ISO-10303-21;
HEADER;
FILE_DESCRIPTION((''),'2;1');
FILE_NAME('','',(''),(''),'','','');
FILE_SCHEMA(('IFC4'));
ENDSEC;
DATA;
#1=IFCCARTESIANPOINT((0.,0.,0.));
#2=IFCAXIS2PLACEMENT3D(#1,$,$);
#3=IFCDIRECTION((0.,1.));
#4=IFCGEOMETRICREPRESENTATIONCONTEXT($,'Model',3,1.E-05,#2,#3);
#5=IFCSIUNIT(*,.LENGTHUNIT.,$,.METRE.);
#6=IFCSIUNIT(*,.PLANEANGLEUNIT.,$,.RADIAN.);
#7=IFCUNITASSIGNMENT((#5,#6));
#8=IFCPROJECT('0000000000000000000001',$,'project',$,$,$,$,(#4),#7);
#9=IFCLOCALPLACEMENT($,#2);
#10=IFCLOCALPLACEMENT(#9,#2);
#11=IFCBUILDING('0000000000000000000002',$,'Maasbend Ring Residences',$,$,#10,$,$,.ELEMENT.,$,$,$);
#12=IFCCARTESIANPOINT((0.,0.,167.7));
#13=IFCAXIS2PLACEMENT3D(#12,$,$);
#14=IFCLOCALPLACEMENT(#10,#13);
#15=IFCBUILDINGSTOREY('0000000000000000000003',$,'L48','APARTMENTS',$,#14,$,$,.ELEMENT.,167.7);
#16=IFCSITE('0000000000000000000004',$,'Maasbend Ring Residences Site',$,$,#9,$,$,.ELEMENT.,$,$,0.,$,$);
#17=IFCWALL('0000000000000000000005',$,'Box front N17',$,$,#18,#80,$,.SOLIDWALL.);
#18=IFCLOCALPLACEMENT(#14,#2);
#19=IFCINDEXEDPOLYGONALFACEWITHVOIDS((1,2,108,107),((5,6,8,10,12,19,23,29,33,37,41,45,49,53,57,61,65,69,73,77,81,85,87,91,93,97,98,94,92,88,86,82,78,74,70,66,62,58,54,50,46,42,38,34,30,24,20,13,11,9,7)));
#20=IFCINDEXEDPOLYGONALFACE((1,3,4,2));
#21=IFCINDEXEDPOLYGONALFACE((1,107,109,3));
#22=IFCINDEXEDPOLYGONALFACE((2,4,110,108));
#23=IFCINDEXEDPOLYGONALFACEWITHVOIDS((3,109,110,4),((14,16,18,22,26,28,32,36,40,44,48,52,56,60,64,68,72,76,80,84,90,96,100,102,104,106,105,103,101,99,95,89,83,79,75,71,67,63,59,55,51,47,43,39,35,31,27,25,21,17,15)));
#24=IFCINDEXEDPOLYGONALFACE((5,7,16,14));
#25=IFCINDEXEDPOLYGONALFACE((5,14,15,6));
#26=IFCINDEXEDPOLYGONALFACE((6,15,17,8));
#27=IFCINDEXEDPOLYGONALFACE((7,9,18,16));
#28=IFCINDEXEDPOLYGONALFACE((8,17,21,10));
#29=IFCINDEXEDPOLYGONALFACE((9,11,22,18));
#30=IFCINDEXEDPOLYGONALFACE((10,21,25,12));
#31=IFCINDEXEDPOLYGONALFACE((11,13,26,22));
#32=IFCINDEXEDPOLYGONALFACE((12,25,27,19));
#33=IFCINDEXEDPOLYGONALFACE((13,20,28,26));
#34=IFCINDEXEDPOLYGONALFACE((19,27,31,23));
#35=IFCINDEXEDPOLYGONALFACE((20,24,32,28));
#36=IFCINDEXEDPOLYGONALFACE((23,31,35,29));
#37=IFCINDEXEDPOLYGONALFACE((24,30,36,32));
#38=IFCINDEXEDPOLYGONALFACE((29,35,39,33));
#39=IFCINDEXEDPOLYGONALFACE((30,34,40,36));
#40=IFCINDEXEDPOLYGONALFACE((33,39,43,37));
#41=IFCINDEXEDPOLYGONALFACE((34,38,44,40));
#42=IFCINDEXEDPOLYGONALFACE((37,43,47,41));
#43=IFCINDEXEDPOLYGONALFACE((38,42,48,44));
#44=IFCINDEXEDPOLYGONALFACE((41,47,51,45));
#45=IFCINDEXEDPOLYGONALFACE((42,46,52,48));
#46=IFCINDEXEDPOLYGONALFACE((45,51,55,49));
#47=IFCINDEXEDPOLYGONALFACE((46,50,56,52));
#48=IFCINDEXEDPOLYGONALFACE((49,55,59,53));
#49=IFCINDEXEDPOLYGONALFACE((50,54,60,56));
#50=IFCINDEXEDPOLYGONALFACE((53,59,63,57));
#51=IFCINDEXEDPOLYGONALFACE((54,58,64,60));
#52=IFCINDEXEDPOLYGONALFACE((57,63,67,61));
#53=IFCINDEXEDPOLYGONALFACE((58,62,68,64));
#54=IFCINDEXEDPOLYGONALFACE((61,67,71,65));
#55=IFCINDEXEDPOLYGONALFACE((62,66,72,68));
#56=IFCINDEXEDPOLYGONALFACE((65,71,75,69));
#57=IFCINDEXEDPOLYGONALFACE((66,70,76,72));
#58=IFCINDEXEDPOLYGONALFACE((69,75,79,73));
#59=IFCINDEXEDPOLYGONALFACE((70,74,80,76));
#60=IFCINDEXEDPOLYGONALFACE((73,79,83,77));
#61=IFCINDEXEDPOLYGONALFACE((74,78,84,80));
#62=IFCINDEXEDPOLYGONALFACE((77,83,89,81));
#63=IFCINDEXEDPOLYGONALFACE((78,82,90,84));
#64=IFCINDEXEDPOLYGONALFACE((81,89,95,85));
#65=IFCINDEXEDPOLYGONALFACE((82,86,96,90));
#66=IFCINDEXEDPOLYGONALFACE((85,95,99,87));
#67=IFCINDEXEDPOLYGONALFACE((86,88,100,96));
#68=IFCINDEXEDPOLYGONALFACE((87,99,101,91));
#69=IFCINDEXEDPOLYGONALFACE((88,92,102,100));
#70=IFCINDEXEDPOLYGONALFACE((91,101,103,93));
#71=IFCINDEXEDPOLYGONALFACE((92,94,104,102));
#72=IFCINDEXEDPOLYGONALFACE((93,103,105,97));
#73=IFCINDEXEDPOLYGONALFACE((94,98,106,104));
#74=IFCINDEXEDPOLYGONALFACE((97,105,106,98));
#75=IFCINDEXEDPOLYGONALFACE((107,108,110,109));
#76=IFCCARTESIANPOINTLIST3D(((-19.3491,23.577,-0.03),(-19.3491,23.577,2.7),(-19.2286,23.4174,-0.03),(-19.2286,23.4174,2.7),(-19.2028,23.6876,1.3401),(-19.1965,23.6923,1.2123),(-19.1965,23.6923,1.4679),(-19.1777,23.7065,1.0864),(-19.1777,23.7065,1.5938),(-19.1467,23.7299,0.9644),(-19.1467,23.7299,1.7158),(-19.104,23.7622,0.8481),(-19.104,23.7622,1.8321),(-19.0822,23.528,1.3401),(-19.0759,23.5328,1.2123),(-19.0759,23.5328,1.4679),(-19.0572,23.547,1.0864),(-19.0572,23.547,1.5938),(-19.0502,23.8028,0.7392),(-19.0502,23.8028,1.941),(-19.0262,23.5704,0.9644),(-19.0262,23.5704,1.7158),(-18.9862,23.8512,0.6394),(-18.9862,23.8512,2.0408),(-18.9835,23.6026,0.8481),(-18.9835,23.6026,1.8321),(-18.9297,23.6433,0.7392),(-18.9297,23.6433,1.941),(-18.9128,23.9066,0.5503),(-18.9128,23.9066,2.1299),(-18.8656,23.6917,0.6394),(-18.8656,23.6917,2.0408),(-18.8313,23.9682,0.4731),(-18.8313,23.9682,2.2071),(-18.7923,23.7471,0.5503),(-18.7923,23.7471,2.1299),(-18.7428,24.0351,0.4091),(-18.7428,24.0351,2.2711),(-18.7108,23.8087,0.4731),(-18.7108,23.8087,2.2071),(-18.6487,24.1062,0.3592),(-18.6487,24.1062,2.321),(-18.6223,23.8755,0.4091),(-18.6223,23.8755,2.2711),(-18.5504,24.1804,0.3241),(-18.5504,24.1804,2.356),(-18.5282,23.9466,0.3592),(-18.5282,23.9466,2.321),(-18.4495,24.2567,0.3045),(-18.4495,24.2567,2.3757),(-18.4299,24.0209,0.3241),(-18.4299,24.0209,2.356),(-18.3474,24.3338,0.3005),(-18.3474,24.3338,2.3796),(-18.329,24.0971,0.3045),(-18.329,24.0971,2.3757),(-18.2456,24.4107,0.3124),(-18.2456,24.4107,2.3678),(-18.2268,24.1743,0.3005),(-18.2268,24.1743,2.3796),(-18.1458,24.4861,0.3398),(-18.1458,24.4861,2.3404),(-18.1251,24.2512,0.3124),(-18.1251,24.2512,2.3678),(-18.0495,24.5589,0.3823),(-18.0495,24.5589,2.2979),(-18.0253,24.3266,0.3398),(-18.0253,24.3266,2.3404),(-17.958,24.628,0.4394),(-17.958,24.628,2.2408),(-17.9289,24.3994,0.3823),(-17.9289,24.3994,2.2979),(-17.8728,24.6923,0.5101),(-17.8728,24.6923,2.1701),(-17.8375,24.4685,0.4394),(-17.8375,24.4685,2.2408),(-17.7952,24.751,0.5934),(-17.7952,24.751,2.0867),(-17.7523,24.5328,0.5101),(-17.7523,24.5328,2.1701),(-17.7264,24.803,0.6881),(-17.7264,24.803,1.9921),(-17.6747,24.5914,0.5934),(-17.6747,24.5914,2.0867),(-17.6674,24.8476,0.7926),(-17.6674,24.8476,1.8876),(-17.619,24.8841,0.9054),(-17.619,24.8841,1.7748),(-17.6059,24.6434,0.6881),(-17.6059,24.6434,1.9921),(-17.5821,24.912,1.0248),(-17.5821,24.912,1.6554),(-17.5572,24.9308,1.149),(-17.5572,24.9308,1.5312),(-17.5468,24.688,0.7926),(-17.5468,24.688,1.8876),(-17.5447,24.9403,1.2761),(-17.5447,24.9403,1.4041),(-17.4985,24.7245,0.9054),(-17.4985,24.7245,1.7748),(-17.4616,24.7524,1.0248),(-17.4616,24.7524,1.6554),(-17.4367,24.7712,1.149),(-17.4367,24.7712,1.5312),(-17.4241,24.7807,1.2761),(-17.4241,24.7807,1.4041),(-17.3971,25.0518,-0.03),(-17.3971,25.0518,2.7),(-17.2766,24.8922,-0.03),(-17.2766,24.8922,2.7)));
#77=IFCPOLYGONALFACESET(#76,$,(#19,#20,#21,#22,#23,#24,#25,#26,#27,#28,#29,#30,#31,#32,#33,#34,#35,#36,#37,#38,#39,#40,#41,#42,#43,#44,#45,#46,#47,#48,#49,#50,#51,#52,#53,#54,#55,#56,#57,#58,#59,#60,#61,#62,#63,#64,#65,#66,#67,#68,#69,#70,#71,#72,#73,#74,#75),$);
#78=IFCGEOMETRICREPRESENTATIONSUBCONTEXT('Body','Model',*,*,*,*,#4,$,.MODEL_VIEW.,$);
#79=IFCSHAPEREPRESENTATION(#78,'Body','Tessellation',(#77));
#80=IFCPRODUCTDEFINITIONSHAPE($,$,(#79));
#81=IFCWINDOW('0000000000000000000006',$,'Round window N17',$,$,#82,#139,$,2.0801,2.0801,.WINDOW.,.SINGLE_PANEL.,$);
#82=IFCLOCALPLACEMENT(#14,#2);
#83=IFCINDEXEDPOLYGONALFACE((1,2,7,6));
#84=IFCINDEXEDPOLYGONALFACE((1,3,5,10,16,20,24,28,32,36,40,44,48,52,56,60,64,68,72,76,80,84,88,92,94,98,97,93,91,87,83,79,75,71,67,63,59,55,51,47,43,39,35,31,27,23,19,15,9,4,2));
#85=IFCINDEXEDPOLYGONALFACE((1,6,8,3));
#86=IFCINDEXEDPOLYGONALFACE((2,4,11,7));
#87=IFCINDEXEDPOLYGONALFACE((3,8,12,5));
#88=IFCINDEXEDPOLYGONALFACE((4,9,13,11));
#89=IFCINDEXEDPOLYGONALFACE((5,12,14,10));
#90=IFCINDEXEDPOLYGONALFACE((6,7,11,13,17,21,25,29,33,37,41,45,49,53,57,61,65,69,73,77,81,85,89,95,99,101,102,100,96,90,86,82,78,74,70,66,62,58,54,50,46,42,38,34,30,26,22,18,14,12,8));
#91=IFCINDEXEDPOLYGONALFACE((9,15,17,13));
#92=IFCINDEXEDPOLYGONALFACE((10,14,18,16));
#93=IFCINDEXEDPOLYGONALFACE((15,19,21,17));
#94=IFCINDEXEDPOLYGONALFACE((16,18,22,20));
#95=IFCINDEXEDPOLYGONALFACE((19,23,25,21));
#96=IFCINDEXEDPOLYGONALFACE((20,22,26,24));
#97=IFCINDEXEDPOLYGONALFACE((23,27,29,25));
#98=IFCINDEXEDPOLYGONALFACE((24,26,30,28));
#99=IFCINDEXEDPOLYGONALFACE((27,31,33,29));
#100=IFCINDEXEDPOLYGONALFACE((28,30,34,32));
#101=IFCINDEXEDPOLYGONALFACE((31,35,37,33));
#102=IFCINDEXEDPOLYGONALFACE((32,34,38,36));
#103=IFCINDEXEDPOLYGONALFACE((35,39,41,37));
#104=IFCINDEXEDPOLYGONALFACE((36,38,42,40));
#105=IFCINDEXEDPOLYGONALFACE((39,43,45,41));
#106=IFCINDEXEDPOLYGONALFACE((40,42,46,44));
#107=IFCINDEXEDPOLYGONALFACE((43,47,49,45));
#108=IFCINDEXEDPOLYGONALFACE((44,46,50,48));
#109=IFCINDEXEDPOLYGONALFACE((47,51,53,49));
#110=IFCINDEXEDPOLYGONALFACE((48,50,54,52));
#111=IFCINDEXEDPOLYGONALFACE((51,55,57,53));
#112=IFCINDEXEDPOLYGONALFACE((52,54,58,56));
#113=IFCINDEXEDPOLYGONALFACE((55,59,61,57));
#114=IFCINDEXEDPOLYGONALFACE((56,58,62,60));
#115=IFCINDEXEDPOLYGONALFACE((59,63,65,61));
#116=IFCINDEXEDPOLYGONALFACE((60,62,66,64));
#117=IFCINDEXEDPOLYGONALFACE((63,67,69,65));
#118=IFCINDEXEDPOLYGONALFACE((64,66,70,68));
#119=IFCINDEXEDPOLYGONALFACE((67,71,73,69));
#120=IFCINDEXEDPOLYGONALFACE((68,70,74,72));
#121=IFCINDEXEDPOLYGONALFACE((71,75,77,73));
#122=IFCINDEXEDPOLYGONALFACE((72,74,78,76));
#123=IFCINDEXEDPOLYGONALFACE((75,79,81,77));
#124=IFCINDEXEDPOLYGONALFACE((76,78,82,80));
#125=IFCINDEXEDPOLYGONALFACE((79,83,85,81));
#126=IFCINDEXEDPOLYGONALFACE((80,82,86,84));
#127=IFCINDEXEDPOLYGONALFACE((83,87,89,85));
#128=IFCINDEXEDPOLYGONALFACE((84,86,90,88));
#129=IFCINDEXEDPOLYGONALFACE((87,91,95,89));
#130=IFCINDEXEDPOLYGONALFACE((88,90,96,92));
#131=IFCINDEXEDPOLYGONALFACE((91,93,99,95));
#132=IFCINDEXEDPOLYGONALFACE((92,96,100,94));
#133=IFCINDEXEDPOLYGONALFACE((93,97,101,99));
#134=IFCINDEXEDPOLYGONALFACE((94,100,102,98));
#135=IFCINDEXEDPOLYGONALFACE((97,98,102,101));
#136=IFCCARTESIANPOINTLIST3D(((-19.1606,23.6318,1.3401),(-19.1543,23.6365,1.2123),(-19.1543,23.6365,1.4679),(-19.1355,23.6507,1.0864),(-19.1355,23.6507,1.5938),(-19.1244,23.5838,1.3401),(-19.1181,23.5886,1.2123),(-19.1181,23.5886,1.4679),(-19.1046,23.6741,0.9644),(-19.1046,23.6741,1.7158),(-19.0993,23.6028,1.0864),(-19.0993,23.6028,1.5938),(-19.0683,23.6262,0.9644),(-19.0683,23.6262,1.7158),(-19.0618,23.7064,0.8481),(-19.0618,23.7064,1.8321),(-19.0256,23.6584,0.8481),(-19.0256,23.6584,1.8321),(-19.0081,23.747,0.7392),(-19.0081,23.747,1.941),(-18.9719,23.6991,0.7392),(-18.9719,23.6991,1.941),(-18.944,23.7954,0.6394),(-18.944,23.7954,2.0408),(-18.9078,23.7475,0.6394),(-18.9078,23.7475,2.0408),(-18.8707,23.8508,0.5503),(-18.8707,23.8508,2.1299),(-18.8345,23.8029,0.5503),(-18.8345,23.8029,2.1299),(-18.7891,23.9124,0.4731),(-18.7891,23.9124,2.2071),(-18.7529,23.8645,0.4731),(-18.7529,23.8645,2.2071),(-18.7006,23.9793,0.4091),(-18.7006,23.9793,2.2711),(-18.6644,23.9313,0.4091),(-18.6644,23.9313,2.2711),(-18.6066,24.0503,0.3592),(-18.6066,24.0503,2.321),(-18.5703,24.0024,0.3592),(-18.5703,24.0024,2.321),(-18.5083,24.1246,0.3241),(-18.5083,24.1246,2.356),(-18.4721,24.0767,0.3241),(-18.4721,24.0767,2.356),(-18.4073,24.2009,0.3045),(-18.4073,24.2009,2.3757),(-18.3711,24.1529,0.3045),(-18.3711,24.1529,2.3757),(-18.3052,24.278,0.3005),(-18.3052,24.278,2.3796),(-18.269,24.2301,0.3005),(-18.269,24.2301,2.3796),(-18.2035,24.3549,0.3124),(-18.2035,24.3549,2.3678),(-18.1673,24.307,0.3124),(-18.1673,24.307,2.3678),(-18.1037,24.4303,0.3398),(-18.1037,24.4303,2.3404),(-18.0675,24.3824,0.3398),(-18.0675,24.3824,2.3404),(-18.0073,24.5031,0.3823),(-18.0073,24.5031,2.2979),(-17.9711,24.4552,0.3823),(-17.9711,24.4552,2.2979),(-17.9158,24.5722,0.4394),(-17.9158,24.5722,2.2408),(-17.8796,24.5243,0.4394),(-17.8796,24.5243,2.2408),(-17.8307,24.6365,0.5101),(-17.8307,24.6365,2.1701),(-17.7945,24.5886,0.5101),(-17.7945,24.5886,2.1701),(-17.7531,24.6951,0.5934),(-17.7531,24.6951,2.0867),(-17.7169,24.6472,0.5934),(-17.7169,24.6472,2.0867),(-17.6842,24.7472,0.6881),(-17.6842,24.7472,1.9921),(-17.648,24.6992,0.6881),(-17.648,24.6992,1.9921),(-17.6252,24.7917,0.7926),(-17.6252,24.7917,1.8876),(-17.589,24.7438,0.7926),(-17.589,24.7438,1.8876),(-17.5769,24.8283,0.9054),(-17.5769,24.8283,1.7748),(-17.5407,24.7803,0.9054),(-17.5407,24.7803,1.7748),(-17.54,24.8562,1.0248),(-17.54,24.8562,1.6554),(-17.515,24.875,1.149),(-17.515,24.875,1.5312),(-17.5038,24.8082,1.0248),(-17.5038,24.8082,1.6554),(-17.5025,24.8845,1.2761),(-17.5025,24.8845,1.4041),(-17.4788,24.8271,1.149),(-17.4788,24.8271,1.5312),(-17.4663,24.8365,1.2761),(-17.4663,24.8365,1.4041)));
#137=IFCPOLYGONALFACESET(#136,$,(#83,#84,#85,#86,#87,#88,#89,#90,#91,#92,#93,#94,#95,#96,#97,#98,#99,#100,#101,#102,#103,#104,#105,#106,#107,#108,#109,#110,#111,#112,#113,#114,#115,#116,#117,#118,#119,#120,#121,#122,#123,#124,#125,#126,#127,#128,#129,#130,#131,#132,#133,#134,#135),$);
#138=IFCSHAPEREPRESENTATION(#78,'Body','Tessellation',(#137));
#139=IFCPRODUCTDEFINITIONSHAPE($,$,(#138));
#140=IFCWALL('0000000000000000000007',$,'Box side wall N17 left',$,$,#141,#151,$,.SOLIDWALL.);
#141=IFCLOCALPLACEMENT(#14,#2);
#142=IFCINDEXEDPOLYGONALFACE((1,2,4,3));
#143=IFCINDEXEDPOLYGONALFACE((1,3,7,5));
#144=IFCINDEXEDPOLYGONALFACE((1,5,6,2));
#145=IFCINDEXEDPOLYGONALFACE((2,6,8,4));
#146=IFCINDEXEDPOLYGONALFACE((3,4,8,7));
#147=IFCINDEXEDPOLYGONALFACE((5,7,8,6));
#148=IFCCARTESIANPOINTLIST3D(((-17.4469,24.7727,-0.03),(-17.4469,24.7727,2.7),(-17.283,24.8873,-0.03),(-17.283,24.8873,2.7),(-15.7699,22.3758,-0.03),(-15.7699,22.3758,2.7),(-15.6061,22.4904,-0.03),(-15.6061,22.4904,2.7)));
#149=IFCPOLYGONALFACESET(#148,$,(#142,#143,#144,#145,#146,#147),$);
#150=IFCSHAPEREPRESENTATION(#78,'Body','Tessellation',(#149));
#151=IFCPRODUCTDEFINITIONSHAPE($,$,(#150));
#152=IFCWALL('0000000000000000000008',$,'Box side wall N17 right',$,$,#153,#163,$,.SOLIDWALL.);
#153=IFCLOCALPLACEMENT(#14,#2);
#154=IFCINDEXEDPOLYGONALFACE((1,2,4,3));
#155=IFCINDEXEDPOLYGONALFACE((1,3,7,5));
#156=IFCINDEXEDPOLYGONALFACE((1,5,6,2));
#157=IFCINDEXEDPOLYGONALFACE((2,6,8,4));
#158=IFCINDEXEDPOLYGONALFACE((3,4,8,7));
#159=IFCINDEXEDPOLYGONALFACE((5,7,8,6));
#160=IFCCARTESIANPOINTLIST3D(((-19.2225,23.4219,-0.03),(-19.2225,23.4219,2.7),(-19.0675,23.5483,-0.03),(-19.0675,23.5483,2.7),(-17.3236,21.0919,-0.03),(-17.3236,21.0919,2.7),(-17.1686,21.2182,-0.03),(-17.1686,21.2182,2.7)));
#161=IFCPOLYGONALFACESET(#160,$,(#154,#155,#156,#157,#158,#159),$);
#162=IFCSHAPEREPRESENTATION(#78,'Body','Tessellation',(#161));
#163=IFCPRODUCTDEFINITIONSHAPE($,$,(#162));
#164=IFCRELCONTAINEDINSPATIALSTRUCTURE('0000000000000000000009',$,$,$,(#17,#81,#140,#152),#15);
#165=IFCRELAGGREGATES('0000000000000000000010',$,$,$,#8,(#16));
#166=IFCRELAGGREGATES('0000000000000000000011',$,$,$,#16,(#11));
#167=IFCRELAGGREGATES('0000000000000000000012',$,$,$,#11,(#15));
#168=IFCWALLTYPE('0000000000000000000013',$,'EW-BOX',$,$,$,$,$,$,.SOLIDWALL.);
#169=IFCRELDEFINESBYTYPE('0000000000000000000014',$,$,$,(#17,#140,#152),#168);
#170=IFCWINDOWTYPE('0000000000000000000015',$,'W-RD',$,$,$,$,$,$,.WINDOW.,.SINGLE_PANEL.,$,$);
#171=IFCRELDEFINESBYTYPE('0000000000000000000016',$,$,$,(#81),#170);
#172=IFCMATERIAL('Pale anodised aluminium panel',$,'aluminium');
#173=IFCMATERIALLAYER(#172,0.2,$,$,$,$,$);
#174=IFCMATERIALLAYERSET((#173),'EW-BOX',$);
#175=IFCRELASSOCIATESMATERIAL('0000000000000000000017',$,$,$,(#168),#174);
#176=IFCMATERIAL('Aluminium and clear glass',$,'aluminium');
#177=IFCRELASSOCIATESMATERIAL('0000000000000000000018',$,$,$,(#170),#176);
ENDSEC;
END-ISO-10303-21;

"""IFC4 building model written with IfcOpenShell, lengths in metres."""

from ifc_helpers import new_model, si_unit, direction, frame, frame_2d, origin, place, context, subcontext, project, spatial, rectangle, circle, extrude, material, layer, layer_set, type_object, element, fill, save


model = new_model("IFC4")

# Units and contexts
model_context = context("Model", 3, precision=1e-05, world=origin(), true_north=direction((0.0, 1.0)))
body_context = subcontext(model_context, "Body", "Model", "MODEL_VIEW")
ifc_project = project(units=[si_unit("LENGTHUNIT", "METRE"), si_unit("PLANEANGLEUNIT", "RADIAN")], contexts=[model_context])

# Site, building, storey
site_placement = place(None, origin())
site = spatial("IfcSite", under=ifc_project, at=site_placement, Name="Maasbend Ring Residences Site", CompositionType="ELEMENT", RefElevation=0.0)
building_placement = place(site_placement, origin())
building = spatial("IfcBuilding", under=site, at=building_placement, Name="Maasbend Ring Residences", CompositionType="ELEMENT")
storey_placement = place(building_placement, frame((0.0, 0.0, 167.7)))
storey = spatial("IfcBuildingStorey", under=building, at=storey_placement, Name="L48", Description="APARTMENTS", CompositionType="ELEMENT", Elevation=167.7)

# Shared definitions
ifc_material_1 = material(Name="Pale anodised aluminium panel", Category="aluminium")
ifc_layer_1 = layer(ifc_material_1, 0.2)
ifc_layer_set_1 = layer_set([ifc_layer_1], Name="EW-BOX")
wall_type_1 = type_object("IfcWallType", Name="EW-BOX", PredefinedType="SOLIDWALL", material=ifc_layer_set_1)
ifc_material_2 = material(Name="Aluminium and clear glass", Category="aluminium")
window_type_1 = type_object("IfcWindowType", Name="W-RD", PartitioningType="SINGLE_PANEL", PredefinedType="WINDOW", material=ifc_material_2)

# Wall, opening, window
wall_1_placement = place(storey_placement, frame((-17.3369, 24.9719, -0.03), z_axis=(0.0, 0.0, 1.0), x_axis=(-0.797888, -0.602806, 0.0)))
wall_1 = element("IfcWall", 1, at=wall_1_placement, inside=storey, type_object=wall_type_1, Name="Box front N17", PredefinedType="SOLIDWALL", context=body_context, shape_type="SweptSolid", body=[
    extrude(rectangle(XDim=2.4465, YDim=0.2, at=frame_2d((1.2231, 0.0))), origin(), (0.0, 0.0, 1.0), 2.73),
])
opening_1_placement = place(wall_1_placement, frame((0.1829, 0.0, 0.3301)))
opening_1 = element("IfcOpeningElement", 2, at=opening_1_placement, cuts=wall_1, PredefinedType="OPENING", context=body_context, shape_type="SweptSolid", body=[
    extrude(circle(Radius=1.04, at=frame_2d((1.04, 1.04))), frame((0.0, 0.1099, 0.0), z_axis=(0.0, -1.0, 0.0), x_axis=(1.0, 0.0, 0.0)), (0.0, 0.0, 1.0), 0.22),
])
window_1_placement = place(opening_1_placement, origin())
window_1 = element("IfcWindow", 3, at=window_1_placement, inside=storey, type_object=window_type_1, Name="Round window N17", OverallHeight=2.0801, OverallWidth=2.0801, PartitioningType="SINGLE_PANEL", PredefinedType="WINDOW", context=body_context, shape_type="SweptSolid", body=[
    extrude(circle(Radius=1.04, at=frame_2d((1.04, 1.04))), frame((0.0, 0.03, 0.0), z_axis=(0.0, -1.0, 0.0), x_axis=(1.0, 0.0, 0.0)), (0.0, 0.0, 1.0), 0.0601),
])
fill(opening_1, window_1)

# Walls
wall_2_placement = place(storey_placement, frame((-15.688, 22.4331, -0.03), z_axis=(0.0, 0.0, 1.0), x_axis=(-0.573261, 0.819373, 0.0)))
element("IfcWall", 4, at=wall_2_placement, inside=storey, type_object=wall_type_1, Name="Box side wall N17 left", PredefinedType="SOLIDWALL", context=body_context, shape_type="SweptSolid", body=[
    extrude(rectangle(XDim=2.9253, YDim=0.2, at=frame_2d((1.4626, 0.0))), origin(), (0.0, 0.0, 1.0), 2.73),
])
wall_3_placement = place(storey_placement, frame((-17.2461, 21.155, -0.03), z_axis=(0.0, 0.0, 1.0), x_axis=(-0.631742, 0.775179, 0.0)))
element("IfcWall", 5, at=wall_3_placement, inside=storey, type_object=wall_type_1, Name="Box side wall N17 right", PredefinedType="SOLIDWALL", context=body_context, shape_type="SweptSolid", body=[
    extrude(rectangle(XDim=3.0059, YDim=0.2, at=frame_2d((1.5029, 0.0))), origin(), (0.0, 0.0, 1.0), 2.73),
])

save(model, "model.ifc")
